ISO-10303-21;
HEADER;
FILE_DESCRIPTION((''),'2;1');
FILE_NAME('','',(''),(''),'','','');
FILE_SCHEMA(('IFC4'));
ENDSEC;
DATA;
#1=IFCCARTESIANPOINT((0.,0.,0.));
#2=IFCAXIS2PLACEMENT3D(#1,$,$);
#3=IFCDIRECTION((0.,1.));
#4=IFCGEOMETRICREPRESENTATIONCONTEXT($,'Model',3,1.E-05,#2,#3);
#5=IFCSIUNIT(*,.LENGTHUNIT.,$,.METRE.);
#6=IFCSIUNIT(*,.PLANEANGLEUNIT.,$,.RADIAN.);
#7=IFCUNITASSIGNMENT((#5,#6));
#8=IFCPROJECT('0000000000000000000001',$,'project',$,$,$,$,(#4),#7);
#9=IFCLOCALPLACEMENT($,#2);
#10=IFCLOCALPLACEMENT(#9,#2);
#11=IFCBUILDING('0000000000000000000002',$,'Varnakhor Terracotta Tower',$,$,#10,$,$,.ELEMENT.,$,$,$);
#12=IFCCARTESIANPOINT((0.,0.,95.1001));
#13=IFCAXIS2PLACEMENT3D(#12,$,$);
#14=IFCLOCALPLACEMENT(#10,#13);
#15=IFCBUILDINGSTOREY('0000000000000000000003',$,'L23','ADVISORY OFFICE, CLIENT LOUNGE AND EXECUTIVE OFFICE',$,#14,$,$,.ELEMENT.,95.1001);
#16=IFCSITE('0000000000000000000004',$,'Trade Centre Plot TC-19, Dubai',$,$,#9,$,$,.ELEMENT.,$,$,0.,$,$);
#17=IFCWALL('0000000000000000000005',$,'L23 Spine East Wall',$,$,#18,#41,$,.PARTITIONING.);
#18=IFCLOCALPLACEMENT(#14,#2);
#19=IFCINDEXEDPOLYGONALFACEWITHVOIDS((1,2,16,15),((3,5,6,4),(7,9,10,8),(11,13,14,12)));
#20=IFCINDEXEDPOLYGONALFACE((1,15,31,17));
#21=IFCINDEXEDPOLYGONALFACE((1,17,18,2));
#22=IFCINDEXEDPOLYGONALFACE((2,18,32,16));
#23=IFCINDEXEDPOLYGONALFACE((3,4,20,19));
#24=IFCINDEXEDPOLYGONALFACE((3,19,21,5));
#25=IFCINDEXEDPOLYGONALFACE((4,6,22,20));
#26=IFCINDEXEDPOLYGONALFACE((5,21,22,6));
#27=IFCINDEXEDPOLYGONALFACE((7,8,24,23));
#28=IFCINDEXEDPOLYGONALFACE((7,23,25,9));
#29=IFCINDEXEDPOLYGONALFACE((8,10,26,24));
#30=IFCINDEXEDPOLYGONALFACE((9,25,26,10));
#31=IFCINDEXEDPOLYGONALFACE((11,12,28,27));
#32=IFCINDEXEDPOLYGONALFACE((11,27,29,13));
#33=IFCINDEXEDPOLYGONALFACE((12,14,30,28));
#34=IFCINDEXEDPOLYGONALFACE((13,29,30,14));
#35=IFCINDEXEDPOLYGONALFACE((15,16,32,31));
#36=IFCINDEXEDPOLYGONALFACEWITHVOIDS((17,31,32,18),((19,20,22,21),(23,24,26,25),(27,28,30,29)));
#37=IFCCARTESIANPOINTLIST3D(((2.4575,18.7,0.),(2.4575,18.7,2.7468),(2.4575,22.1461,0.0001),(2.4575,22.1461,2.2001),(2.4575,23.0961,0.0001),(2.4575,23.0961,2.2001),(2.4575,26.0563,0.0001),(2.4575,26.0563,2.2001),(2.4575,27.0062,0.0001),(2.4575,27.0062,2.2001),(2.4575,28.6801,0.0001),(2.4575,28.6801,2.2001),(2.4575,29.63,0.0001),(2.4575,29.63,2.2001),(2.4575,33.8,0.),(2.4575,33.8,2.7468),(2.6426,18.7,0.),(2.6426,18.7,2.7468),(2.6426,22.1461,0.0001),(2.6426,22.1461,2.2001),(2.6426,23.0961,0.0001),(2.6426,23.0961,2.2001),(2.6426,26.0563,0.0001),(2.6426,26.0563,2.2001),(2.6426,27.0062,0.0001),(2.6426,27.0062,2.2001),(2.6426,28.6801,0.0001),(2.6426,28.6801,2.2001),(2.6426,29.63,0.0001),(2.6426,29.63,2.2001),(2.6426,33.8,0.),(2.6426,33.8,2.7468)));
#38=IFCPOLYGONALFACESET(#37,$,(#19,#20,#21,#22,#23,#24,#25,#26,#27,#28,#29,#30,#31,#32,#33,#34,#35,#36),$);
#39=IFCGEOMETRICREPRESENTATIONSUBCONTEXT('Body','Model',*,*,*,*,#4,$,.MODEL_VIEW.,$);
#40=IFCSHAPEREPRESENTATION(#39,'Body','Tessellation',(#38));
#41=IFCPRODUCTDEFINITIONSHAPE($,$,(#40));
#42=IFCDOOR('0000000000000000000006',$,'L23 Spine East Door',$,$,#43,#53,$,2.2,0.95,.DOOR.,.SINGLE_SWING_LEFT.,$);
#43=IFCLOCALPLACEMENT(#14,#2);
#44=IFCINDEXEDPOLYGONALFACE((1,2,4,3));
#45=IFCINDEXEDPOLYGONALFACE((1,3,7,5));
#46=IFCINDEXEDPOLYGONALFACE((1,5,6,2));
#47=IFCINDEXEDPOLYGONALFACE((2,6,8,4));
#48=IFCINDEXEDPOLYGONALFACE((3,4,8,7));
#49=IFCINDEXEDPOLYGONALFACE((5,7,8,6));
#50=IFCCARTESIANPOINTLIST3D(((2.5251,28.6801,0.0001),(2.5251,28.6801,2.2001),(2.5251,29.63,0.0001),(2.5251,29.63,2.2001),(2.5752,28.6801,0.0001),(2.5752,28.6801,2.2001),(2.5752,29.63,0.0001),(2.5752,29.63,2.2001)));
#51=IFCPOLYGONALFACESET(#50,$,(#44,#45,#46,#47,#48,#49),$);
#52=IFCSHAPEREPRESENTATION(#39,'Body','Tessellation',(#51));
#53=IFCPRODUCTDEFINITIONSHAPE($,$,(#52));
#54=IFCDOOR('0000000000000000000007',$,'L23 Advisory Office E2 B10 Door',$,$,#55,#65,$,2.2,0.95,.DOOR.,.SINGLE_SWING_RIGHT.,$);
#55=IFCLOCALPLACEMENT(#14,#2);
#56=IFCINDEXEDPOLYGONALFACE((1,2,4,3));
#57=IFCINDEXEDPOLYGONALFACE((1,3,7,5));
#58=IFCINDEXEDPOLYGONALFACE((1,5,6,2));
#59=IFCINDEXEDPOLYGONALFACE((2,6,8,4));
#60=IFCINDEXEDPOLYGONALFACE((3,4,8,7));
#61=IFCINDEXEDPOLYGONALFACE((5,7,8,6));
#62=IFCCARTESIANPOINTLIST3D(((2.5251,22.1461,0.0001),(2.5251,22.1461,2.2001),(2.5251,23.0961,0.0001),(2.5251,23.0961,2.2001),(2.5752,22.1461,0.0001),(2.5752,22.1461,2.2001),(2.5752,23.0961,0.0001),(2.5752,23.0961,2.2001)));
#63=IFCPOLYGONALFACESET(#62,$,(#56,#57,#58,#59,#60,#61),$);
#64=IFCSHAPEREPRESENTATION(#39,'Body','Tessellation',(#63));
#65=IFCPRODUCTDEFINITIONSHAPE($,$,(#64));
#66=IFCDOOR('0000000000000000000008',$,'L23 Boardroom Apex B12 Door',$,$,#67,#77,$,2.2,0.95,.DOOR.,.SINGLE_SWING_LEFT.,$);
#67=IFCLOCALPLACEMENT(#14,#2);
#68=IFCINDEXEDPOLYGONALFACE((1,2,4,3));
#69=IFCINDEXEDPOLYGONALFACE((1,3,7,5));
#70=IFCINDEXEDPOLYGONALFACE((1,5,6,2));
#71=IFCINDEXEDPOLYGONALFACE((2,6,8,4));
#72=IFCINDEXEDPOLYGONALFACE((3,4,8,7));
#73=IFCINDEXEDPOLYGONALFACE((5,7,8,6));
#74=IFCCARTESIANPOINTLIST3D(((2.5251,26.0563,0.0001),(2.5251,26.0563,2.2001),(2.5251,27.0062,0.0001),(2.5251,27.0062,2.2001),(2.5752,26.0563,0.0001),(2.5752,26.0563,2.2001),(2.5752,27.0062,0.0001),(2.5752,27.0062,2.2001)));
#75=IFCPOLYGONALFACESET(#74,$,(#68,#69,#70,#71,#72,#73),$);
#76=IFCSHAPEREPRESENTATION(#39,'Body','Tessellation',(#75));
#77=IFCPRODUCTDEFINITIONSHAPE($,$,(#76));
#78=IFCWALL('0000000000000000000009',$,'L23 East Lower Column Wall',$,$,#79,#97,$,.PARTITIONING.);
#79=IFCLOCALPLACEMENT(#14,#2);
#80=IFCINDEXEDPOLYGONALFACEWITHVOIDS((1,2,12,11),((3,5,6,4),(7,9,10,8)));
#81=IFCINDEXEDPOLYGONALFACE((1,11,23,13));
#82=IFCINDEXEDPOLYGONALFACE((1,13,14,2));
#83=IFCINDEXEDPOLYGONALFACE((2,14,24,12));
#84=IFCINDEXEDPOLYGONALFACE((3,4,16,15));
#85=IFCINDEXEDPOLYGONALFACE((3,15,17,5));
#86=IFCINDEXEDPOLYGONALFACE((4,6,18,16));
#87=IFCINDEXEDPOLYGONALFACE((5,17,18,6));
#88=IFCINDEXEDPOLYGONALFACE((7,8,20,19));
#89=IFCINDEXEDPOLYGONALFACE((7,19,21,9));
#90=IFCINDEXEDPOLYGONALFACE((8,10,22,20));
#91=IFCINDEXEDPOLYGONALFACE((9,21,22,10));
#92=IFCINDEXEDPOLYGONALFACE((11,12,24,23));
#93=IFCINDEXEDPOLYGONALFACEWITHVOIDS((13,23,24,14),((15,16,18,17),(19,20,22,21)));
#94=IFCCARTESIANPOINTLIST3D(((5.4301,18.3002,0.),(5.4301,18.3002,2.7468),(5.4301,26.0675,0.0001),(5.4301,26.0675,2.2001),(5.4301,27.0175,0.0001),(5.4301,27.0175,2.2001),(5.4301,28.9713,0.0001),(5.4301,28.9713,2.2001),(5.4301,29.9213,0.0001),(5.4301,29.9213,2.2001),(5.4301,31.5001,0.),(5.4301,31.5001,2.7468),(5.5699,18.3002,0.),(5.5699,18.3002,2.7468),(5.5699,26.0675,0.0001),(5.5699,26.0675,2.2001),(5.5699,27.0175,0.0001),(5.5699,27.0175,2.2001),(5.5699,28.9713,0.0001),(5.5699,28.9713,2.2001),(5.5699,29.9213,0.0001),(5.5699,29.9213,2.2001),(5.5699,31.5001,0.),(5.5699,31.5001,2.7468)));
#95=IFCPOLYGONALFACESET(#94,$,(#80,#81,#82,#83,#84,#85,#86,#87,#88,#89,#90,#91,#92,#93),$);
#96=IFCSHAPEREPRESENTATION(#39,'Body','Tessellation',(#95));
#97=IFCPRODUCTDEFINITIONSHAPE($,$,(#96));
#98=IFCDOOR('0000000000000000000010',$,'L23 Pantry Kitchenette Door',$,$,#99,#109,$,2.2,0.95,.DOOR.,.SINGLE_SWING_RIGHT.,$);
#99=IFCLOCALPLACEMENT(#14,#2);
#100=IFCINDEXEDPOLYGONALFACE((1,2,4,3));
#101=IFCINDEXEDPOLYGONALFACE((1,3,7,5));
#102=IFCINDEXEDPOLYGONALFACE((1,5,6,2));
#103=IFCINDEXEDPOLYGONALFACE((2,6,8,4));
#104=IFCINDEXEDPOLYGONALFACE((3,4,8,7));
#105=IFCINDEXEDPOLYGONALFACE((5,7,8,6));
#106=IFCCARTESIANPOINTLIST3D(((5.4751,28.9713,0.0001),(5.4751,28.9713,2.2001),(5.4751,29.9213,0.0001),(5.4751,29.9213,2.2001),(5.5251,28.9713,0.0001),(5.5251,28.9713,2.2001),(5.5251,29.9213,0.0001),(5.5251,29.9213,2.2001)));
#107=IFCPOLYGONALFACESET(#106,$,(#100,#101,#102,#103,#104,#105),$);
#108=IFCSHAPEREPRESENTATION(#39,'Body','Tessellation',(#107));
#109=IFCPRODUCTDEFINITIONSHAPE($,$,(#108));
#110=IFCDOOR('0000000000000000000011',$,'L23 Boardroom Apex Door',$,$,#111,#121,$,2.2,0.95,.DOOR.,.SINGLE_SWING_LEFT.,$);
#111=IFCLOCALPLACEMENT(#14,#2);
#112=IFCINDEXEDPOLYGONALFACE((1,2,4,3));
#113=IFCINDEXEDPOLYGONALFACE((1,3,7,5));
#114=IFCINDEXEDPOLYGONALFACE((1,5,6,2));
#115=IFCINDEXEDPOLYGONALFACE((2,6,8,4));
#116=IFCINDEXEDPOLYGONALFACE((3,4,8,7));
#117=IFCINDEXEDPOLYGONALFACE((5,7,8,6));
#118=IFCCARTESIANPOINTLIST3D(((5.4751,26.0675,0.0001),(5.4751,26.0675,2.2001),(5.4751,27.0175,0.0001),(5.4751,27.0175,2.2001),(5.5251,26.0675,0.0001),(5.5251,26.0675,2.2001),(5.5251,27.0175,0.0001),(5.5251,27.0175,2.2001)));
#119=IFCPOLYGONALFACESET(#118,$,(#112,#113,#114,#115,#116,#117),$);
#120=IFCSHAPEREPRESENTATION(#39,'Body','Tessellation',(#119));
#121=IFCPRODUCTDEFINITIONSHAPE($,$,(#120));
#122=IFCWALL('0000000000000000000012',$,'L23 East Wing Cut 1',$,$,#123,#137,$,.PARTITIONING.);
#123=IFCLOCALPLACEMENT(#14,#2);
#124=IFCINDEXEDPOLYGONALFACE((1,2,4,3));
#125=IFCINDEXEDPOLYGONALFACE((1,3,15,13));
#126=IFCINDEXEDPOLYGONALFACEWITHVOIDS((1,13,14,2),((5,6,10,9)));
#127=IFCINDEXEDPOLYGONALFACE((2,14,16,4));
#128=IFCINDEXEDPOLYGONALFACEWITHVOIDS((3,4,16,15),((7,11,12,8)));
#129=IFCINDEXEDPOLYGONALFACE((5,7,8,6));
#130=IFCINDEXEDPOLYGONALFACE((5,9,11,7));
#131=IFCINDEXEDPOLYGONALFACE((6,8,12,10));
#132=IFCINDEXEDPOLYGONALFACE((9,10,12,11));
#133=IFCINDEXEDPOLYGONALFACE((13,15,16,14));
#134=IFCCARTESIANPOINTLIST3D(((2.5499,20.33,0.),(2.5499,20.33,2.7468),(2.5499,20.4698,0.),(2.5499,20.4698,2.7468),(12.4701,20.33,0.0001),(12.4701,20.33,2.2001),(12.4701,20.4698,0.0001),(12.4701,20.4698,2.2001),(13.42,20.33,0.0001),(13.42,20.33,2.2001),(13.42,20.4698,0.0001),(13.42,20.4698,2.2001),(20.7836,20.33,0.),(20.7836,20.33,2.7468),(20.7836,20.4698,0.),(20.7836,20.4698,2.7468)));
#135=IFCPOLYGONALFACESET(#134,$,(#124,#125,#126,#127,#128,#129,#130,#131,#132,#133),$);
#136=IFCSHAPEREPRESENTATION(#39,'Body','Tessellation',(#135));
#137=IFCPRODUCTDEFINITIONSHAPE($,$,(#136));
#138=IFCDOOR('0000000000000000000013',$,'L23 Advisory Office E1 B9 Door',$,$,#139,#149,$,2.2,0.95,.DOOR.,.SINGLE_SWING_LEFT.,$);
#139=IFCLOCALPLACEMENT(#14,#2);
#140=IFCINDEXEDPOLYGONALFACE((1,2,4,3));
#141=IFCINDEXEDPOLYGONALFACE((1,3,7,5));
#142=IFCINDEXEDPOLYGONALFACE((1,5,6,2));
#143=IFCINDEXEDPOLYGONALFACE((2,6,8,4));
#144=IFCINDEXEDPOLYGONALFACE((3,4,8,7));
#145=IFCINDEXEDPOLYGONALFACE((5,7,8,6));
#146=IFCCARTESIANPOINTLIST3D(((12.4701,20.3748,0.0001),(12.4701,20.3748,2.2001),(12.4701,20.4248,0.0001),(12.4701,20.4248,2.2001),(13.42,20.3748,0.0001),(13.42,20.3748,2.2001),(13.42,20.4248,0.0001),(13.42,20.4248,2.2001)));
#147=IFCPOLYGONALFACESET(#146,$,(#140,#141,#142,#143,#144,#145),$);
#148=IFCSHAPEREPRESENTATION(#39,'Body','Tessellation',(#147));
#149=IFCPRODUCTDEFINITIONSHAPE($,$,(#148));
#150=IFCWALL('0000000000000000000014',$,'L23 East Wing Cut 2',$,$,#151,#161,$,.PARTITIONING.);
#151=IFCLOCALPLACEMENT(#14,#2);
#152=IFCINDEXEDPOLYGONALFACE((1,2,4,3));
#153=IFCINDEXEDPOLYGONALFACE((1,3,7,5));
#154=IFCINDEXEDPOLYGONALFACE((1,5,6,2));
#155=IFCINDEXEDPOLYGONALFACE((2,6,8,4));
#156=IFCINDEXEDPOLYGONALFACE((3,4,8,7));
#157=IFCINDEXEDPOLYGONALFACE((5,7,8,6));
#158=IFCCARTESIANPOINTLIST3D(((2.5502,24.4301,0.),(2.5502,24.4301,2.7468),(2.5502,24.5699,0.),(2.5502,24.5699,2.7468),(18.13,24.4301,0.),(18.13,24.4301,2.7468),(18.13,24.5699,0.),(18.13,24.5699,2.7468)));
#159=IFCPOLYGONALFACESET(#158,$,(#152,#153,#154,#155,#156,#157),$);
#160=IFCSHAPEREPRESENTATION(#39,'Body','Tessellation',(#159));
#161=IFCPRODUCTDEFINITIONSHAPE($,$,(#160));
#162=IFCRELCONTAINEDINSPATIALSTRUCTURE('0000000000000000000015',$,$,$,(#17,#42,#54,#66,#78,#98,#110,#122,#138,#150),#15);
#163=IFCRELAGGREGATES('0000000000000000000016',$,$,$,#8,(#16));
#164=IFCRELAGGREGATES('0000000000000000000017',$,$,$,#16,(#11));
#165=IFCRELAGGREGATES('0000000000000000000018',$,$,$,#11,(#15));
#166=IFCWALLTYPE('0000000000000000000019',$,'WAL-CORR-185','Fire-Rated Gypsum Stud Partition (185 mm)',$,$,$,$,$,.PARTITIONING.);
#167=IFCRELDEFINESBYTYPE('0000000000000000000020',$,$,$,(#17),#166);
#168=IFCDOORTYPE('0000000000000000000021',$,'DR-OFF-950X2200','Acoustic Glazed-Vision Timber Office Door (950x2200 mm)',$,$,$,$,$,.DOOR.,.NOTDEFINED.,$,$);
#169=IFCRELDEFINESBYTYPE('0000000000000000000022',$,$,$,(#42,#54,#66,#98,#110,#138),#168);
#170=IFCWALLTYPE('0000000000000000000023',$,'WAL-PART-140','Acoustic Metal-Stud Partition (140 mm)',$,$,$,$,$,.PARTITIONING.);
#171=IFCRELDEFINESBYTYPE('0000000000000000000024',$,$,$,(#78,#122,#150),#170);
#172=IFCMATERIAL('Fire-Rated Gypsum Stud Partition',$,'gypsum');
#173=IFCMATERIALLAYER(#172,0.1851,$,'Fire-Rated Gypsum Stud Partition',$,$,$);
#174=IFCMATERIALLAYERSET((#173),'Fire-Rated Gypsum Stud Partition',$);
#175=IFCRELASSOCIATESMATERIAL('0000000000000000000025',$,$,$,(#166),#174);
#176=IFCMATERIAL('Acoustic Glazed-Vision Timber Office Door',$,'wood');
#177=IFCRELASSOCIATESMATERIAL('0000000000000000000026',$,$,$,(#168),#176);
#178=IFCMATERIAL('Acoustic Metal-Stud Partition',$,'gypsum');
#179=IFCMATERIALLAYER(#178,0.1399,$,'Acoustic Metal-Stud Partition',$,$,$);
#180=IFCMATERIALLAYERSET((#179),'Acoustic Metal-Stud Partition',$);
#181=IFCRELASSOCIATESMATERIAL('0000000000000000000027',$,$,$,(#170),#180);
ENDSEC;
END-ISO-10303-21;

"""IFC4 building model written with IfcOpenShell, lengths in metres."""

from ifc_helpers import new_model, si_unit, direction, frame, frame_2d, origin, place, context, subcontext, project, spatial, rectangle, extrude, source, transform, mapped, material, layer, layer_set, type_object, type_shapes, element, fill, save


model = new_model("IFC4")

# Units and contexts
model_context = context("Model", 3, precision=1e-05, world=origin(), true_north=direction((0.0, 1.0)))
body_context = subcontext(model_context, "Body", "Model", "MODEL_VIEW")
ifc_project = project(units=[si_unit("LENGTHUNIT", "METRE"), si_unit("PLANEANGLEUNIT", "RADIAN")], contexts=[model_context])

# Site, building, storey
site_placement = place(None, origin())
site = spatial("IfcSite", under=ifc_project, at=site_placement, Name="Trade Centre Plot TC-19, Dubai", CompositionType="ELEMENT", RefElevation=0.0)
building_placement = place(site_placement, origin())
building = spatial("IfcBuilding", under=site, at=building_placement, Name="Varnakhor Terracotta Tower", CompositionType="ELEMENT")
storey_placement = place(building_placement, frame((0.0, 0.0, 95.1001)))
storey = spatial("IfcBuildingStorey", under=building, at=storey_placement, Name="L23", Description="ADVISORY OFFICE, CLIENT LOUNGE AND EXECUTIVE OFFICE", CompositionType="ELEMENT", Elevation=95.1001)

# Shared definitions
ifc_material_1 = material(Name="Fire-Rated Gypsum Stud Partition", Category="gypsum")
ifc_layer_1 = layer(ifc_material_1, 0.1851, Name="Fire-Rated Gypsum Stud Partition")
ifc_layer_set_1 = layer_set([ifc_layer_1], Name="Fire-Rated Gypsum Stud Partition")
wall_type_1 = type_object("IfcWallType", Name="WAL-CORR-185", Description="Fire-Rated Gypsum Stud Partition (185 mm)", PredefinedType="PARTITIONING", material=ifc_layer_set_1)
ifc_material_2 = material(Name="Acoustic Glazed-Vision Timber Office Door", Category="wood")
door_type_1 = type_object("IfcDoorType", Name="DR-OFF-950X2200", Description="Acoustic Glazed-Vision Timber Office Door (950x2200 mm)", OperationType="NOTDEFINED", PredefinedType="DOOR", material=ifc_material_2)
shared_shape_1 = source(origin(), body_context, "Body", "SweptSolid", [
    extrude(rectangle(XDim=0.95, YDim=2.2, at=frame_2d((0.4751, 1.1001))), frame((0.0, 0.0249, 0.0), z_axis=(0.0, -1.0, 0.0), x_axis=(1.0, 0.0, 0.0)), (0.0, 0.0, 1.0), 0.05),
])
type_shapes(door_type_1, [shared_shape_1])

# Walls, openings, doors
wall_1_placement = place(storey_placement, frame((2.55, 18.7, 0.0), z_axis=(0.0, 0.0, 1.0), x_axis=(0.0, 1.0, 0.0)))
wall_1 = element("IfcWall", 1, at=wall_1_placement, inside=storey, type_object=wall_type_1, Name="L23 Spine East Wall", PredefinedType="PARTITIONING", context=body_context, shape_type="SweptSolid", body=[
    extrude(rectangle(XDim=15.1001, YDim=0.1851, at=frame_2d((7.55, 0.0))), origin(), (0.0, 0.0, 1.0), 2.7468),
])
opening_1_placement = place(wall_1_placement, frame((9.98, 0.0, 0.0)))
opening_1 = element("IfcOpeningElement", 2, at=opening_1_placement, cuts=wall_1, PredefinedType="OPENING", context=body_context, shape_type="SweptSolid", body=[
    extrude(rectangle(XDim=0.95, YDim=2.2, at=frame_2d((0.4751, 1.1001))), frame((0.0, 0.1025, 0.0), z_axis=(0.0, -1.0, 0.0), x_axis=(1.0, 0.0, 0.0)), (0.0, 0.0, 1.0), 0.2051),
])
opening_2_placement = place(wall_1_placement, frame((3.446, 0.0, 0.0)))
opening_2 = element("IfcOpeningElement", 3, at=opening_2_placement, cuts=wall_1, PredefinedType="OPENING", context=body_context, shape_type="SweptSolid", body=[
    extrude(rectangle(XDim=0.95, YDim=2.2, at=frame_2d((0.4751, 1.1001))), frame((0.0, 0.1025, 0.0), z_axis=(0.0, -1.0, 0.0), x_axis=(1.0, 0.0, 0.0)), (0.0, 0.0, 1.0), 0.2051),
])
opening_3_placement = place(wall_1_placement, frame((7.3562, 0.0, 0.0)))
opening_3 = element("IfcOpeningElement", 4, at=opening_3_placement, cuts=wall_1, PredefinedType="OPENING", context=body_context, shape_type="SweptSolid", body=[
    extrude(rectangle(XDim=0.95, YDim=2.2, at=frame_2d((0.4751, 1.1001))), frame((0.0, 0.1025, 0.0), z_axis=(0.0, -1.0, 0.0), x_axis=(1.0, 0.0, 0.0)), (0.0, 0.0, 1.0), 0.2051),
])
door_1_placement = place(opening_1_placement, origin())
door_1 = element("IfcDoor", 5, at=door_1_placement, inside=storey, type_object=door_type_1, Name="L23 Spine East Door", OperationType="SINGLE_SWING_LEFT", OverallHeight=2.2, OverallWidth=0.95, PredefinedType="DOOR", context=body_context, shape_type="MappedRepresentation", body=[
    mapped(shared_shape_1, transform((0.0, 0.0, 0.0), scale=1.0)),
])
fill(opening_1, door_1)
door_2_placement = place(opening_2_placement, origin())
door_2 = element("IfcDoor", 6, at=door_2_placement, inside=storey, type_object=door_type_1, Name="L23 Advisory Office E2 B10 Door", OperationType="SINGLE_SWING_RIGHT", OverallHeight=2.2, OverallWidth=0.95, PredefinedType="DOOR", context=body_context, shape_type="MappedRepresentation", body=[
    mapped(shared_shape_1, transform((0.0, 0.0, 0.0), scale=1.0)),
])
fill(opening_2, door_2)
door_3_placement = place(opening_3_placement, origin())
door_3 = element("IfcDoor", 7, at=door_3_placement, inside=storey, type_object=door_type_1, Name="L23 Boardroom Apex B12 Door", OperationType="SINGLE_SWING_LEFT", OverallHeight=2.2, OverallWidth=0.95, PredefinedType="DOOR", context=body_context, shape_type="MappedRepresentation", body=[
    mapped(shared_shape_1, transform((0.0, 0.0, 0.0), scale=1.0)),
])
fill(opening_3, door_3)
ifc_material_3 = material(Name="Acoustic Metal-Stud Partition", Category="gypsum")
ifc_layer_2 = layer(ifc_material_3, 0.1399, Name="Acoustic Metal-Stud Partition")
ifc_layer_set_2 = layer_set([ifc_layer_2], Name="Acoustic Metal-Stud Partition")
wall_type_2 = type_object("IfcWallType", Name="WAL-PART-140", Description="Acoustic Metal-Stud Partition (140 mm)", PredefinedType="PARTITIONING", material=ifc_layer_set_2)
wall_2_placement = place(storey_placement, frame((5.5, 18.3, 0.0), z_axis=(0.0, 0.0, 1.0), x_axis=(0.0, 1.0, 0.0)))
wall_2 = element("IfcWall", 8, at=wall_2_placement, inside=storey, type_object=wall_type_2, Name="L23 East Lower Column Wall", PredefinedType="PARTITIONING", context=body_context, shape_type="SweptSolid", body=[
    extrude(rectangle(XDim=13.2, YDim=0.1399, at=frame_2d((6.6001, 0.0))), origin(), (0.0, 0.0, 1.0), 2.7468),
])
opening_4_placement = place(wall_2_placement, frame((10.6711, 0.0, 0.0)))
opening_4 = element("IfcOpeningElement", 9, at=opening_4_placement, cuts=wall_2, PredefinedType="OPENING", context=body_context, shape_type="SweptSolid", body=[
    extrude(rectangle(XDim=0.95, YDim=2.2, at=frame_2d((0.4751, 1.1001))), frame((0.0, 0.0801, 0.0), z_axis=(0.0, -1.0, 0.0), x_axis=(1.0, 0.0, 0.0)), (0.0, 0.0, 1.0), 0.1599),
])
opening_5_placement = place(wall_2_placement, frame((7.7673, 0.0, 0.0)))
opening_5 = element("IfcOpeningElement", 10, at=opening_5_placement, cuts=wall_2, PredefinedType="OPENING", context=body_context, shape_type="SweptSolid", body=[
    extrude(rectangle(XDim=0.95, YDim=2.2, at=frame_2d((0.4751, 1.1001))), frame((0.0, 0.0801, 0.0), z_axis=(0.0, -1.0, 0.0), x_axis=(1.0, 0.0, 0.0)), (0.0, 0.0, 1.0), 0.1599),
])
door_4_placement = place(opening_4_placement, origin())
door_4 = element("IfcDoor", 11, at=door_4_placement, inside=storey, type_object=door_type_1, Name="L23 Pantry Kitchenette Door", OperationType="SINGLE_SWING_RIGHT", OverallHeight=2.2, OverallWidth=0.95, PredefinedType="DOOR", context=body_context, shape_type="MappedRepresentation", body=[
    mapped(shared_shape_1, transform((0.0, 0.0, 0.0), scale=1.0)),
])
fill(opening_4, door_4)
door_5_placement = place(opening_5_placement, origin())
door_5 = element("IfcDoor", 12, at=door_5_placement, inside=storey, type_object=door_type_1, Name="L23 Boardroom Apex Door", OperationType="SINGLE_SWING_LEFT", OverallHeight=2.2, OverallWidth=0.95, PredefinedType="DOOR", context=body_context, shape_type="MappedRepresentation", body=[
    mapped(shared_shape_1, transform((0.0, 0.0, 0.0), scale=1.0)),
])
fill(opening_5, door_5)

# Wall, opening, door
wall_3_placement = place(storey_placement, frame((2.55, 20.3999, 0.0), z_axis=(0.0, 0.0, 1.0), x_axis=(1.0, 0.0, 0.0)))
wall_3 = element("IfcWall", 13, at=wall_3_placement, inside=storey, type_object=wall_type_2, Name="L23 East Wing Cut 1", PredefinedType="PARTITIONING", context=body_context, shape_type="SweptSolid", body=[
    extrude(rectangle(XDim=18.2336, YDim=0.1399, at=frame_2d((9.1167, 0.0))), origin(), (0.0, 0.0, 1.0), 2.7468),
])
opening_6_placement = place(wall_3_placement, frame((9.9199, 0.0, 0.0)))
opening_6 = element("IfcOpeningElement", 14, at=opening_6_placement, cuts=wall_3, PredefinedType="OPENING", context=body_context, shape_type="SweptSolid", body=[
    extrude(rectangle(XDim=0.95, YDim=2.2, at=frame_2d((0.4751, 1.1001))), frame((0.0, 0.0801, 0.0), z_axis=(0.0, -1.0, 0.0), x_axis=(1.0, 0.0, 0.0)), (0.0, 0.0, 1.0), 0.1599),
])
door_6_placement = place(opening_6_placement, origin())
door_6 = element("IfcDoor", 15, at=door_6_placement, inside=storey, type_object=door_type_1, Name="L23 Advisory Office E1 B9 Door", OperationType="SINGLE_SWING_LEFT", OverallHeight=2.2, OverallWidth=0.95, PredefinedType="DOOR", context=body_context, shape_type="MappedRepresentation", body=[
    mapped(shared_shape_1, transform((0.0, 0.0, 0.0), scale=1.0)),
])
fill(opening_6, door_6)

# Wall
wall_4_placement = place(storey_placement, frame((2.55, 24.5, 0.0), z_axis=(0.0, 0.0, 1.0), x_axis=(1.0, 0.0, 0.0)))
element("IfcWall", 16, at=wall_4_placement, inside=storey, type_object=wall_type_2, Name="L23 East Wing Cut 2", PredefinedType="PARTITIONING", context=body_context, shape_type="SweptSolid", body=[
    extrude(rectangle(XDim=15.5798, YDim=0.1399, at=frame_2d((7.79, 0.0))), origin(), (0.0, 0.0, 1.0), 2.7468),
])

save(model, "model.ifc")
